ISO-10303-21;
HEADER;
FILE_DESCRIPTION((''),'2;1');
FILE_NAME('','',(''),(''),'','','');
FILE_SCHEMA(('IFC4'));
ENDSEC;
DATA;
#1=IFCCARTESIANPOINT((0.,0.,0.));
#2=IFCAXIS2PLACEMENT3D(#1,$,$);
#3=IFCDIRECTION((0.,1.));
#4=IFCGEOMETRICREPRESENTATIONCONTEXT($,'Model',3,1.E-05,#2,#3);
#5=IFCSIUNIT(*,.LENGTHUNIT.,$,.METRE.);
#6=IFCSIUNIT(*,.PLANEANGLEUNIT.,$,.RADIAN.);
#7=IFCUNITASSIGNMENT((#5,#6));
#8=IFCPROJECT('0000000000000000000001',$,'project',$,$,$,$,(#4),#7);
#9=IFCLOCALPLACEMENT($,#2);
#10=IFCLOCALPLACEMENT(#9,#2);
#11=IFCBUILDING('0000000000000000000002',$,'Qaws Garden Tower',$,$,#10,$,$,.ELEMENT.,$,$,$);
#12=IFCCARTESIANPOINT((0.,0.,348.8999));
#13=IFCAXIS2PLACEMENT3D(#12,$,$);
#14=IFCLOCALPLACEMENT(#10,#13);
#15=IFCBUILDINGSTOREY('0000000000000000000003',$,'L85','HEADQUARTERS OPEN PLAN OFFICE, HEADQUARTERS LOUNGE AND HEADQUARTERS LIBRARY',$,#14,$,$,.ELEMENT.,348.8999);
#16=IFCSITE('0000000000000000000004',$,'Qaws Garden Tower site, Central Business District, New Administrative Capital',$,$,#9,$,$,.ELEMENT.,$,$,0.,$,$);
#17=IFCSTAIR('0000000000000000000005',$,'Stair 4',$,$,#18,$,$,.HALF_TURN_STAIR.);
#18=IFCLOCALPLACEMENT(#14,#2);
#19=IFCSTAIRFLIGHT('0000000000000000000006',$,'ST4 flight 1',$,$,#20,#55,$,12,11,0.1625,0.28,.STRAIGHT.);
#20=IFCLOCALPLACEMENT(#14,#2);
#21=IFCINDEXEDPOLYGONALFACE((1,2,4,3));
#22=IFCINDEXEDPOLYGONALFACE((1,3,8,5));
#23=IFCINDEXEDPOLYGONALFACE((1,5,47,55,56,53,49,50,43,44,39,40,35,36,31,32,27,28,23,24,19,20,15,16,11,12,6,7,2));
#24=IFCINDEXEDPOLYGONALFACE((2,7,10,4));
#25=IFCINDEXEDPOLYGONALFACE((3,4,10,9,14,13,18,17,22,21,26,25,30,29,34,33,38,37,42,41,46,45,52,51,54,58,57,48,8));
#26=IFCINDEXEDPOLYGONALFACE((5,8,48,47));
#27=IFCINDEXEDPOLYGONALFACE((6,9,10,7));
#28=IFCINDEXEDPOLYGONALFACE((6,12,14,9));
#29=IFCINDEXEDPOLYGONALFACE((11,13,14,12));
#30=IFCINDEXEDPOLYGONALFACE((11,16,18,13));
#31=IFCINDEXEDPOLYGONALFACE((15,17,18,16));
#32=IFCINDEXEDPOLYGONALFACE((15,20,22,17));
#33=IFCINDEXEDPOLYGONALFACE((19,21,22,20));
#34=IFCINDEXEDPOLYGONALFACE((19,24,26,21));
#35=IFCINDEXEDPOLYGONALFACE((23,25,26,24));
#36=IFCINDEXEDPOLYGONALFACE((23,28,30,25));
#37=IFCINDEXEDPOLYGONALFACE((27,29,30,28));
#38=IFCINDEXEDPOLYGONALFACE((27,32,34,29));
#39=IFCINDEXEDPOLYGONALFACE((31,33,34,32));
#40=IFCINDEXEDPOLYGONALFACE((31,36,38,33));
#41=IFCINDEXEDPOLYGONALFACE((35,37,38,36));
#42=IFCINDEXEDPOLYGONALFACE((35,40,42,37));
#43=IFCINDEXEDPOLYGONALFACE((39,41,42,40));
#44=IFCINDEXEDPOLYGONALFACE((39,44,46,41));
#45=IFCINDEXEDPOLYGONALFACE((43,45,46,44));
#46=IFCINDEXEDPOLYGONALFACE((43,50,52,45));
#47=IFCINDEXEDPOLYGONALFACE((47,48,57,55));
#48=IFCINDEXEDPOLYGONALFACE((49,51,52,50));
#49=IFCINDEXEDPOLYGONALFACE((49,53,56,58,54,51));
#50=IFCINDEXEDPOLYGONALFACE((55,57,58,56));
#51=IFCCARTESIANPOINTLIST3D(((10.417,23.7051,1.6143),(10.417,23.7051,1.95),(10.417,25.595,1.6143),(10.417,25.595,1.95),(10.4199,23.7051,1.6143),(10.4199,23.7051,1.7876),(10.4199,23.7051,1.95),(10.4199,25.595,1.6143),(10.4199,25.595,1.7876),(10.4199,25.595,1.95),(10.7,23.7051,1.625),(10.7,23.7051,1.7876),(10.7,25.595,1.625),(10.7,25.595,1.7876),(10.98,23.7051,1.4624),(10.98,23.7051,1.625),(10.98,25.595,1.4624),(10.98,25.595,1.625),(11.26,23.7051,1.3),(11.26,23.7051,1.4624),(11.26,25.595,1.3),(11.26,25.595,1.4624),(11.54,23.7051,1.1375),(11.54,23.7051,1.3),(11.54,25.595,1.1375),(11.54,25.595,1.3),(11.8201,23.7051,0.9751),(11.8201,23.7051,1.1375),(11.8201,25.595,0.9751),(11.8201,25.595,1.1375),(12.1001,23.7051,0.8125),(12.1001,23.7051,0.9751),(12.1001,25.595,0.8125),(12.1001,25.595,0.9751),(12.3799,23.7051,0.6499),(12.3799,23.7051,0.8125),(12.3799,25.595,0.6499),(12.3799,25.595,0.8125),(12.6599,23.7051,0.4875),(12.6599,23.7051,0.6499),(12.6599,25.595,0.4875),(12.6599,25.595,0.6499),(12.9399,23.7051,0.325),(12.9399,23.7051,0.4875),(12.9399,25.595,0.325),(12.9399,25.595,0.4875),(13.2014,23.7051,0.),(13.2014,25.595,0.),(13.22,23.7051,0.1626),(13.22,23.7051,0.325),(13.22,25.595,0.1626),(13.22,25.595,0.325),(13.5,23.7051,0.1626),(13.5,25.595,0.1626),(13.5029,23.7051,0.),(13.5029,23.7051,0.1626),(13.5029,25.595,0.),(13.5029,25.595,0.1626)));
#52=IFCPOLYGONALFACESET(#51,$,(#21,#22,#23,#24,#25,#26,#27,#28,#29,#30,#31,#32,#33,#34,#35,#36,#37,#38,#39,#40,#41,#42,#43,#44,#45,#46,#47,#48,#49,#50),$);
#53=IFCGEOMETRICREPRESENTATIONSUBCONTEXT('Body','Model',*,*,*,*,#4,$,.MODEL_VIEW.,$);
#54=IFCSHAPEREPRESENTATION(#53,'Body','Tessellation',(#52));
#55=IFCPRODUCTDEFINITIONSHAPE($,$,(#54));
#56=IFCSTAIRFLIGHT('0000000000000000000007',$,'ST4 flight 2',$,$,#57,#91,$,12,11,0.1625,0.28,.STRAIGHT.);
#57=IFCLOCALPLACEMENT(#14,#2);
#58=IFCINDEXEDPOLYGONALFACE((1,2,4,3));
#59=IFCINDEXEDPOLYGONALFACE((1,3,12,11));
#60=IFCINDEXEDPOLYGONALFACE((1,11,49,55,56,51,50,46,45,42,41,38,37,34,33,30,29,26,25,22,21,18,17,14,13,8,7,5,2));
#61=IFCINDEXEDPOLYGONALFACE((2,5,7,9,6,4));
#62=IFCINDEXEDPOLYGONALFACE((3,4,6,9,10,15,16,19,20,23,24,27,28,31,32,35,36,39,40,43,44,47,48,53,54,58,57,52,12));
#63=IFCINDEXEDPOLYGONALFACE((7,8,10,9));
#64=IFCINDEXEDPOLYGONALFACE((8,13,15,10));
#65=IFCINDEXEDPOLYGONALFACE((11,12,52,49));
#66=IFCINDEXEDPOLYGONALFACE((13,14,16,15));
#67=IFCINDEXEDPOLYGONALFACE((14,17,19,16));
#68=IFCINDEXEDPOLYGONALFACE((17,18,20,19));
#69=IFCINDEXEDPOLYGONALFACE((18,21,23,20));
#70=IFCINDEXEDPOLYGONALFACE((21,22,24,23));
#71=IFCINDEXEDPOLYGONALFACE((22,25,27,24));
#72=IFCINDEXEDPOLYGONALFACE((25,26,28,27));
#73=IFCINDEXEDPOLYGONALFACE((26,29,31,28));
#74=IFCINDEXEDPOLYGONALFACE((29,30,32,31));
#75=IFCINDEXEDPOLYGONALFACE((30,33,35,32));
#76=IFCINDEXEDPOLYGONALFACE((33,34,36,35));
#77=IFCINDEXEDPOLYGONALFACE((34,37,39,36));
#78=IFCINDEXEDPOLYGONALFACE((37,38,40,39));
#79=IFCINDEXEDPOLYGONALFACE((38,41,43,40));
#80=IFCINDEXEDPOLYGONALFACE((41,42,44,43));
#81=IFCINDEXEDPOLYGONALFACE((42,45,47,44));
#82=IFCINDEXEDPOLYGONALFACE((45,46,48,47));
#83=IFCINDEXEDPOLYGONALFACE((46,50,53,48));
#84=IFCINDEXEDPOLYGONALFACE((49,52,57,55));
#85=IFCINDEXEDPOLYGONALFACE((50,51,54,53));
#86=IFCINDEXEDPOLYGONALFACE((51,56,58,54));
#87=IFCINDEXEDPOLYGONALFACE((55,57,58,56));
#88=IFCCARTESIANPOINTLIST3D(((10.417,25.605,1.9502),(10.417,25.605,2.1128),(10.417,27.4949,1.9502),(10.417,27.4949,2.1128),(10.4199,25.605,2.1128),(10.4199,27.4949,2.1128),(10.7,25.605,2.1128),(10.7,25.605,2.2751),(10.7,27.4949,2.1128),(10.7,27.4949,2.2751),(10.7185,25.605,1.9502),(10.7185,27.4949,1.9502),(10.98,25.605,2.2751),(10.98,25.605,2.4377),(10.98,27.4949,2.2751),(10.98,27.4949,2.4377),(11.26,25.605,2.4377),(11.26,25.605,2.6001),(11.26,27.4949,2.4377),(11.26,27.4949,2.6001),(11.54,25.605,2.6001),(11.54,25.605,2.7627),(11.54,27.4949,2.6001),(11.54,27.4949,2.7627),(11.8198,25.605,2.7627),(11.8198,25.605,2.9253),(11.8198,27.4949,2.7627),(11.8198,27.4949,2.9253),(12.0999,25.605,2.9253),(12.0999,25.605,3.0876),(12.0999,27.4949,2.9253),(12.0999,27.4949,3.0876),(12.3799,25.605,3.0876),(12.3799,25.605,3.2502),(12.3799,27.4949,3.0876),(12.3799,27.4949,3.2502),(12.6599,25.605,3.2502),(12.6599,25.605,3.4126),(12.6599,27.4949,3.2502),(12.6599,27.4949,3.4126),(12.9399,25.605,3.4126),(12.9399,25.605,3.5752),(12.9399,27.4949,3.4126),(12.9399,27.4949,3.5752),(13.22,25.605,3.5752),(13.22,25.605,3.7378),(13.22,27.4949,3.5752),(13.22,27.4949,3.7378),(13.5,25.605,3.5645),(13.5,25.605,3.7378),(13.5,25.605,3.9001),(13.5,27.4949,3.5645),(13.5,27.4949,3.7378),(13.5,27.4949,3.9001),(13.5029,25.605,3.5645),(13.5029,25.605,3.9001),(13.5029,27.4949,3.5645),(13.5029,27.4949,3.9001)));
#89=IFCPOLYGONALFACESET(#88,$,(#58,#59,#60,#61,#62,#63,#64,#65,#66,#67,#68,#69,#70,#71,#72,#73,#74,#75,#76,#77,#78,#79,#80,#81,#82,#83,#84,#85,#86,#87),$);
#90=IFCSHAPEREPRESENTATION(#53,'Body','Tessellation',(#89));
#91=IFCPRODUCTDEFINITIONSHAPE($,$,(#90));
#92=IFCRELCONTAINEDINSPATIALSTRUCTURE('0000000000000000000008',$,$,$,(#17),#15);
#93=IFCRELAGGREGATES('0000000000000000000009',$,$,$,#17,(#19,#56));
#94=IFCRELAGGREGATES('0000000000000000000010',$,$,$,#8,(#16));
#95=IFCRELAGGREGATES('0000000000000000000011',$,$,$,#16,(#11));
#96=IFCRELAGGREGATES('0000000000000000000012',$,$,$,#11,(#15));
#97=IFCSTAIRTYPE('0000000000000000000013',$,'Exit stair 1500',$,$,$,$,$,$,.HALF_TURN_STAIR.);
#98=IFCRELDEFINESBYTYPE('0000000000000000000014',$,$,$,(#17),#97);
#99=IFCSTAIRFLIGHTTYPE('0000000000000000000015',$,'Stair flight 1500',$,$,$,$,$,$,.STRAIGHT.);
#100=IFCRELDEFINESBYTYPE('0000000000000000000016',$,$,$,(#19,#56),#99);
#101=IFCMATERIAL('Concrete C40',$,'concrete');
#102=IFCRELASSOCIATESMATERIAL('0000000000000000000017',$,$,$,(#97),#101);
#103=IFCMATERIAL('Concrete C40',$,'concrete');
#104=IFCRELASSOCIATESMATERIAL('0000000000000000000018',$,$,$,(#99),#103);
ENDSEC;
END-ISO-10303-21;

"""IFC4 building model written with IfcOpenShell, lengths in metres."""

from ifc_helpers import new_model, si_unit, direction, frame, origin, place, context, subcontext, project, spatial, polyline, outline, extrude, material, type_object, element, aggregate, save


model = new_model("IFC4")

# Units and contexts
model_context = context("Model", 3, precision=1e-05, world=origin(), true_north=direction((0.0, 1.0)))
body_context = subcontext(model_context, "Body", "Model", "MODEL_VIEW")
ifc_project = project(units=[si_unit("LENGTHUNIT", "METRE"), si_unit("PLANEANGLEUNIT", "RADIAN")], contexts=[model_context])

# Site, building, storey
site_placement = place(None, origin())
site = spatial("IfcSite", under=ifc_project, at=site_placement, Name="Qaws Garden Tower site, Central Business District, New Administrative Capital", CompositionType="ELEMENT", RefElevation=0.0)
building_placement = place(site_placement, origin())
building = spatial("IfcBuilding", under=site, at=building_placement, Name="Qaws Garden Tower", CompositionType="ELEMENT")
storey_placement = place(building_placement, frame((0.0, 0.0, 348.8999)))
storey = spatial("IfcBuildingStorey", under=building, at=storey_placement, Name="L85", Description="HEADQUARTERS OPEN PLAN OFFICE, HEADQUARTERS LOUNGE AND HEADQUARTERS LIBRARY", CompositionType="ELEMENT", Elevation=348.8999)

# Stair, stair flights
ifc_material_1 = material(Name="Concrete C40", Category="concrete")
stair_type = type_object("IfcStairType", Name="Exit stair 1500", PredefinedType="HALF_TURN_STAIR", material=ifc_material_1)
stair_placement = place(storey_placement, origin())
stair = element("IfcStair", 1, at=stair_placement, inside=storey, type_object=stair_type, Name="Stair 4", PredefinedType="HALF_TURN_STAIR")
ifc_material_2 = material(Name="Concrete C40", Category="concrete")
stair_flight_type = type_object("IfcStairFlightType", Name="Stair flight 1500", PredefinedType="STRAIGHT", material=ifc_material_2)
stair_flight_1_placement = place(storey_placement, frame((13.5, 24.6499, 0.0), z_axis=(0.0, 0.0, 1.0), x_axis=(-1.0, 0.0, 0.0)))
stair_flight_1 = element("IfcStairFlight", 2, at=stair_flight_1_placement, type_object=stair_flight_type, Name="ST4 flight 1", NumberOfRisers=12, NumberOfTreads=11, PredefinedType="STRAIGHT", RiserHeight=0.1625, TreadLength=0.28, context=body_context, shape_type="SweptSolid", body=[
    extrude(outline(polyline([(-0.0029, 0.0), (-0.0029, 0.1626), (0.0, 0.1626), (0.28, 0.1626), (0.28, 0.325), (0.5601, 0.325), (0.5601, 0.4875), (0.8401, 0.4875), (0.8401, 0.6499), (1.1201, 0.6499), (1.1201, 0.8125), (1.3999, 0.8125), (1.3999, 0.9751), (1.6799, 0.9751), (1.6799, 1.1375), (1.96, 1.1375), (1.96, 1.3), (2.24, 1.3), (2.24, 1.4624), (2.52, 1.4624), (2.52, 1.625), (2.8, 1.625), (2.8, 1.7876), (3.0801, 1.7876), (3.0801, 1.95), (3.083, 1.95), (3.083, 1.6143), (3.0801, 1.6143), (0.2986, 0.0), (-0.0029, 0.0)])), frame((0.0, 0.9448, 0.0), z_axis=(0.0, -1.0, 0.0), x_axis=(1.0, 0.0, 0.0)), (0.0, 0.0, 1.0), 1.8899),
])
stair_flight_2_placement = place(storey_placement, frame((10.4199, 26.55, 1.9502), z_axis=(0.0, 0.0, 1.0), x_axis=(1.0, 0.0, 0.0)))
stair_flight_2 = element("IfcStairFlight", 3, at=stair_flight_2_placement, type_object=stair_flight_type, Name="ST4 flight 2", NumberOfRisers=12, NumberOfTreads=11, PredefinedType="STRAIGHT", RiserHeight=0.1625, TreadLength=0.28, context=body_context, shape_type="SweptSolid", body=[
    extrude(outline(polyline([(-0.0029, 0.0), (-0.0029, 0.1626), (0.0, 0.1626), (0.28, 0.1626), (0.28, 0.325), (0.5601, 0.325), (0.5601, 0.4875), (0.8401, 0.4875), (0.8401, 0.6499), (1.1201, 0.6499), (1.1201, 0.8125), (1.3999, 0.8125), (1.3999, 0.9751), (1.6799, 0.9751), (1.6799, 1.1375), (1.96, 1.1375), (1.96, 1.3), (2.24, 1.3), (2.24, 1.4624), (2.52, 1.4624), (2.52, 1.625), (2.8, 1.625), (2.8, 1.7876), (3.0801, 1.7876), (3.0801, 1.95), (3.083, 1.95), (3.083, 1.6143), (3.0801, 1.6143), (0.2986, 0.0), (-0.0029, 0.0)])), frame((0.0, 0.9448, 0.0), z_axis=(0.0, -1.0, 0.0), x_axis=(1.0, 0.0, 0.0)), (0.0, 0.0, 1.0), 1.8899),
])
aggregate(stair, [stair_flight_1, stair_flight_2])

save(model, "model.ifc")
